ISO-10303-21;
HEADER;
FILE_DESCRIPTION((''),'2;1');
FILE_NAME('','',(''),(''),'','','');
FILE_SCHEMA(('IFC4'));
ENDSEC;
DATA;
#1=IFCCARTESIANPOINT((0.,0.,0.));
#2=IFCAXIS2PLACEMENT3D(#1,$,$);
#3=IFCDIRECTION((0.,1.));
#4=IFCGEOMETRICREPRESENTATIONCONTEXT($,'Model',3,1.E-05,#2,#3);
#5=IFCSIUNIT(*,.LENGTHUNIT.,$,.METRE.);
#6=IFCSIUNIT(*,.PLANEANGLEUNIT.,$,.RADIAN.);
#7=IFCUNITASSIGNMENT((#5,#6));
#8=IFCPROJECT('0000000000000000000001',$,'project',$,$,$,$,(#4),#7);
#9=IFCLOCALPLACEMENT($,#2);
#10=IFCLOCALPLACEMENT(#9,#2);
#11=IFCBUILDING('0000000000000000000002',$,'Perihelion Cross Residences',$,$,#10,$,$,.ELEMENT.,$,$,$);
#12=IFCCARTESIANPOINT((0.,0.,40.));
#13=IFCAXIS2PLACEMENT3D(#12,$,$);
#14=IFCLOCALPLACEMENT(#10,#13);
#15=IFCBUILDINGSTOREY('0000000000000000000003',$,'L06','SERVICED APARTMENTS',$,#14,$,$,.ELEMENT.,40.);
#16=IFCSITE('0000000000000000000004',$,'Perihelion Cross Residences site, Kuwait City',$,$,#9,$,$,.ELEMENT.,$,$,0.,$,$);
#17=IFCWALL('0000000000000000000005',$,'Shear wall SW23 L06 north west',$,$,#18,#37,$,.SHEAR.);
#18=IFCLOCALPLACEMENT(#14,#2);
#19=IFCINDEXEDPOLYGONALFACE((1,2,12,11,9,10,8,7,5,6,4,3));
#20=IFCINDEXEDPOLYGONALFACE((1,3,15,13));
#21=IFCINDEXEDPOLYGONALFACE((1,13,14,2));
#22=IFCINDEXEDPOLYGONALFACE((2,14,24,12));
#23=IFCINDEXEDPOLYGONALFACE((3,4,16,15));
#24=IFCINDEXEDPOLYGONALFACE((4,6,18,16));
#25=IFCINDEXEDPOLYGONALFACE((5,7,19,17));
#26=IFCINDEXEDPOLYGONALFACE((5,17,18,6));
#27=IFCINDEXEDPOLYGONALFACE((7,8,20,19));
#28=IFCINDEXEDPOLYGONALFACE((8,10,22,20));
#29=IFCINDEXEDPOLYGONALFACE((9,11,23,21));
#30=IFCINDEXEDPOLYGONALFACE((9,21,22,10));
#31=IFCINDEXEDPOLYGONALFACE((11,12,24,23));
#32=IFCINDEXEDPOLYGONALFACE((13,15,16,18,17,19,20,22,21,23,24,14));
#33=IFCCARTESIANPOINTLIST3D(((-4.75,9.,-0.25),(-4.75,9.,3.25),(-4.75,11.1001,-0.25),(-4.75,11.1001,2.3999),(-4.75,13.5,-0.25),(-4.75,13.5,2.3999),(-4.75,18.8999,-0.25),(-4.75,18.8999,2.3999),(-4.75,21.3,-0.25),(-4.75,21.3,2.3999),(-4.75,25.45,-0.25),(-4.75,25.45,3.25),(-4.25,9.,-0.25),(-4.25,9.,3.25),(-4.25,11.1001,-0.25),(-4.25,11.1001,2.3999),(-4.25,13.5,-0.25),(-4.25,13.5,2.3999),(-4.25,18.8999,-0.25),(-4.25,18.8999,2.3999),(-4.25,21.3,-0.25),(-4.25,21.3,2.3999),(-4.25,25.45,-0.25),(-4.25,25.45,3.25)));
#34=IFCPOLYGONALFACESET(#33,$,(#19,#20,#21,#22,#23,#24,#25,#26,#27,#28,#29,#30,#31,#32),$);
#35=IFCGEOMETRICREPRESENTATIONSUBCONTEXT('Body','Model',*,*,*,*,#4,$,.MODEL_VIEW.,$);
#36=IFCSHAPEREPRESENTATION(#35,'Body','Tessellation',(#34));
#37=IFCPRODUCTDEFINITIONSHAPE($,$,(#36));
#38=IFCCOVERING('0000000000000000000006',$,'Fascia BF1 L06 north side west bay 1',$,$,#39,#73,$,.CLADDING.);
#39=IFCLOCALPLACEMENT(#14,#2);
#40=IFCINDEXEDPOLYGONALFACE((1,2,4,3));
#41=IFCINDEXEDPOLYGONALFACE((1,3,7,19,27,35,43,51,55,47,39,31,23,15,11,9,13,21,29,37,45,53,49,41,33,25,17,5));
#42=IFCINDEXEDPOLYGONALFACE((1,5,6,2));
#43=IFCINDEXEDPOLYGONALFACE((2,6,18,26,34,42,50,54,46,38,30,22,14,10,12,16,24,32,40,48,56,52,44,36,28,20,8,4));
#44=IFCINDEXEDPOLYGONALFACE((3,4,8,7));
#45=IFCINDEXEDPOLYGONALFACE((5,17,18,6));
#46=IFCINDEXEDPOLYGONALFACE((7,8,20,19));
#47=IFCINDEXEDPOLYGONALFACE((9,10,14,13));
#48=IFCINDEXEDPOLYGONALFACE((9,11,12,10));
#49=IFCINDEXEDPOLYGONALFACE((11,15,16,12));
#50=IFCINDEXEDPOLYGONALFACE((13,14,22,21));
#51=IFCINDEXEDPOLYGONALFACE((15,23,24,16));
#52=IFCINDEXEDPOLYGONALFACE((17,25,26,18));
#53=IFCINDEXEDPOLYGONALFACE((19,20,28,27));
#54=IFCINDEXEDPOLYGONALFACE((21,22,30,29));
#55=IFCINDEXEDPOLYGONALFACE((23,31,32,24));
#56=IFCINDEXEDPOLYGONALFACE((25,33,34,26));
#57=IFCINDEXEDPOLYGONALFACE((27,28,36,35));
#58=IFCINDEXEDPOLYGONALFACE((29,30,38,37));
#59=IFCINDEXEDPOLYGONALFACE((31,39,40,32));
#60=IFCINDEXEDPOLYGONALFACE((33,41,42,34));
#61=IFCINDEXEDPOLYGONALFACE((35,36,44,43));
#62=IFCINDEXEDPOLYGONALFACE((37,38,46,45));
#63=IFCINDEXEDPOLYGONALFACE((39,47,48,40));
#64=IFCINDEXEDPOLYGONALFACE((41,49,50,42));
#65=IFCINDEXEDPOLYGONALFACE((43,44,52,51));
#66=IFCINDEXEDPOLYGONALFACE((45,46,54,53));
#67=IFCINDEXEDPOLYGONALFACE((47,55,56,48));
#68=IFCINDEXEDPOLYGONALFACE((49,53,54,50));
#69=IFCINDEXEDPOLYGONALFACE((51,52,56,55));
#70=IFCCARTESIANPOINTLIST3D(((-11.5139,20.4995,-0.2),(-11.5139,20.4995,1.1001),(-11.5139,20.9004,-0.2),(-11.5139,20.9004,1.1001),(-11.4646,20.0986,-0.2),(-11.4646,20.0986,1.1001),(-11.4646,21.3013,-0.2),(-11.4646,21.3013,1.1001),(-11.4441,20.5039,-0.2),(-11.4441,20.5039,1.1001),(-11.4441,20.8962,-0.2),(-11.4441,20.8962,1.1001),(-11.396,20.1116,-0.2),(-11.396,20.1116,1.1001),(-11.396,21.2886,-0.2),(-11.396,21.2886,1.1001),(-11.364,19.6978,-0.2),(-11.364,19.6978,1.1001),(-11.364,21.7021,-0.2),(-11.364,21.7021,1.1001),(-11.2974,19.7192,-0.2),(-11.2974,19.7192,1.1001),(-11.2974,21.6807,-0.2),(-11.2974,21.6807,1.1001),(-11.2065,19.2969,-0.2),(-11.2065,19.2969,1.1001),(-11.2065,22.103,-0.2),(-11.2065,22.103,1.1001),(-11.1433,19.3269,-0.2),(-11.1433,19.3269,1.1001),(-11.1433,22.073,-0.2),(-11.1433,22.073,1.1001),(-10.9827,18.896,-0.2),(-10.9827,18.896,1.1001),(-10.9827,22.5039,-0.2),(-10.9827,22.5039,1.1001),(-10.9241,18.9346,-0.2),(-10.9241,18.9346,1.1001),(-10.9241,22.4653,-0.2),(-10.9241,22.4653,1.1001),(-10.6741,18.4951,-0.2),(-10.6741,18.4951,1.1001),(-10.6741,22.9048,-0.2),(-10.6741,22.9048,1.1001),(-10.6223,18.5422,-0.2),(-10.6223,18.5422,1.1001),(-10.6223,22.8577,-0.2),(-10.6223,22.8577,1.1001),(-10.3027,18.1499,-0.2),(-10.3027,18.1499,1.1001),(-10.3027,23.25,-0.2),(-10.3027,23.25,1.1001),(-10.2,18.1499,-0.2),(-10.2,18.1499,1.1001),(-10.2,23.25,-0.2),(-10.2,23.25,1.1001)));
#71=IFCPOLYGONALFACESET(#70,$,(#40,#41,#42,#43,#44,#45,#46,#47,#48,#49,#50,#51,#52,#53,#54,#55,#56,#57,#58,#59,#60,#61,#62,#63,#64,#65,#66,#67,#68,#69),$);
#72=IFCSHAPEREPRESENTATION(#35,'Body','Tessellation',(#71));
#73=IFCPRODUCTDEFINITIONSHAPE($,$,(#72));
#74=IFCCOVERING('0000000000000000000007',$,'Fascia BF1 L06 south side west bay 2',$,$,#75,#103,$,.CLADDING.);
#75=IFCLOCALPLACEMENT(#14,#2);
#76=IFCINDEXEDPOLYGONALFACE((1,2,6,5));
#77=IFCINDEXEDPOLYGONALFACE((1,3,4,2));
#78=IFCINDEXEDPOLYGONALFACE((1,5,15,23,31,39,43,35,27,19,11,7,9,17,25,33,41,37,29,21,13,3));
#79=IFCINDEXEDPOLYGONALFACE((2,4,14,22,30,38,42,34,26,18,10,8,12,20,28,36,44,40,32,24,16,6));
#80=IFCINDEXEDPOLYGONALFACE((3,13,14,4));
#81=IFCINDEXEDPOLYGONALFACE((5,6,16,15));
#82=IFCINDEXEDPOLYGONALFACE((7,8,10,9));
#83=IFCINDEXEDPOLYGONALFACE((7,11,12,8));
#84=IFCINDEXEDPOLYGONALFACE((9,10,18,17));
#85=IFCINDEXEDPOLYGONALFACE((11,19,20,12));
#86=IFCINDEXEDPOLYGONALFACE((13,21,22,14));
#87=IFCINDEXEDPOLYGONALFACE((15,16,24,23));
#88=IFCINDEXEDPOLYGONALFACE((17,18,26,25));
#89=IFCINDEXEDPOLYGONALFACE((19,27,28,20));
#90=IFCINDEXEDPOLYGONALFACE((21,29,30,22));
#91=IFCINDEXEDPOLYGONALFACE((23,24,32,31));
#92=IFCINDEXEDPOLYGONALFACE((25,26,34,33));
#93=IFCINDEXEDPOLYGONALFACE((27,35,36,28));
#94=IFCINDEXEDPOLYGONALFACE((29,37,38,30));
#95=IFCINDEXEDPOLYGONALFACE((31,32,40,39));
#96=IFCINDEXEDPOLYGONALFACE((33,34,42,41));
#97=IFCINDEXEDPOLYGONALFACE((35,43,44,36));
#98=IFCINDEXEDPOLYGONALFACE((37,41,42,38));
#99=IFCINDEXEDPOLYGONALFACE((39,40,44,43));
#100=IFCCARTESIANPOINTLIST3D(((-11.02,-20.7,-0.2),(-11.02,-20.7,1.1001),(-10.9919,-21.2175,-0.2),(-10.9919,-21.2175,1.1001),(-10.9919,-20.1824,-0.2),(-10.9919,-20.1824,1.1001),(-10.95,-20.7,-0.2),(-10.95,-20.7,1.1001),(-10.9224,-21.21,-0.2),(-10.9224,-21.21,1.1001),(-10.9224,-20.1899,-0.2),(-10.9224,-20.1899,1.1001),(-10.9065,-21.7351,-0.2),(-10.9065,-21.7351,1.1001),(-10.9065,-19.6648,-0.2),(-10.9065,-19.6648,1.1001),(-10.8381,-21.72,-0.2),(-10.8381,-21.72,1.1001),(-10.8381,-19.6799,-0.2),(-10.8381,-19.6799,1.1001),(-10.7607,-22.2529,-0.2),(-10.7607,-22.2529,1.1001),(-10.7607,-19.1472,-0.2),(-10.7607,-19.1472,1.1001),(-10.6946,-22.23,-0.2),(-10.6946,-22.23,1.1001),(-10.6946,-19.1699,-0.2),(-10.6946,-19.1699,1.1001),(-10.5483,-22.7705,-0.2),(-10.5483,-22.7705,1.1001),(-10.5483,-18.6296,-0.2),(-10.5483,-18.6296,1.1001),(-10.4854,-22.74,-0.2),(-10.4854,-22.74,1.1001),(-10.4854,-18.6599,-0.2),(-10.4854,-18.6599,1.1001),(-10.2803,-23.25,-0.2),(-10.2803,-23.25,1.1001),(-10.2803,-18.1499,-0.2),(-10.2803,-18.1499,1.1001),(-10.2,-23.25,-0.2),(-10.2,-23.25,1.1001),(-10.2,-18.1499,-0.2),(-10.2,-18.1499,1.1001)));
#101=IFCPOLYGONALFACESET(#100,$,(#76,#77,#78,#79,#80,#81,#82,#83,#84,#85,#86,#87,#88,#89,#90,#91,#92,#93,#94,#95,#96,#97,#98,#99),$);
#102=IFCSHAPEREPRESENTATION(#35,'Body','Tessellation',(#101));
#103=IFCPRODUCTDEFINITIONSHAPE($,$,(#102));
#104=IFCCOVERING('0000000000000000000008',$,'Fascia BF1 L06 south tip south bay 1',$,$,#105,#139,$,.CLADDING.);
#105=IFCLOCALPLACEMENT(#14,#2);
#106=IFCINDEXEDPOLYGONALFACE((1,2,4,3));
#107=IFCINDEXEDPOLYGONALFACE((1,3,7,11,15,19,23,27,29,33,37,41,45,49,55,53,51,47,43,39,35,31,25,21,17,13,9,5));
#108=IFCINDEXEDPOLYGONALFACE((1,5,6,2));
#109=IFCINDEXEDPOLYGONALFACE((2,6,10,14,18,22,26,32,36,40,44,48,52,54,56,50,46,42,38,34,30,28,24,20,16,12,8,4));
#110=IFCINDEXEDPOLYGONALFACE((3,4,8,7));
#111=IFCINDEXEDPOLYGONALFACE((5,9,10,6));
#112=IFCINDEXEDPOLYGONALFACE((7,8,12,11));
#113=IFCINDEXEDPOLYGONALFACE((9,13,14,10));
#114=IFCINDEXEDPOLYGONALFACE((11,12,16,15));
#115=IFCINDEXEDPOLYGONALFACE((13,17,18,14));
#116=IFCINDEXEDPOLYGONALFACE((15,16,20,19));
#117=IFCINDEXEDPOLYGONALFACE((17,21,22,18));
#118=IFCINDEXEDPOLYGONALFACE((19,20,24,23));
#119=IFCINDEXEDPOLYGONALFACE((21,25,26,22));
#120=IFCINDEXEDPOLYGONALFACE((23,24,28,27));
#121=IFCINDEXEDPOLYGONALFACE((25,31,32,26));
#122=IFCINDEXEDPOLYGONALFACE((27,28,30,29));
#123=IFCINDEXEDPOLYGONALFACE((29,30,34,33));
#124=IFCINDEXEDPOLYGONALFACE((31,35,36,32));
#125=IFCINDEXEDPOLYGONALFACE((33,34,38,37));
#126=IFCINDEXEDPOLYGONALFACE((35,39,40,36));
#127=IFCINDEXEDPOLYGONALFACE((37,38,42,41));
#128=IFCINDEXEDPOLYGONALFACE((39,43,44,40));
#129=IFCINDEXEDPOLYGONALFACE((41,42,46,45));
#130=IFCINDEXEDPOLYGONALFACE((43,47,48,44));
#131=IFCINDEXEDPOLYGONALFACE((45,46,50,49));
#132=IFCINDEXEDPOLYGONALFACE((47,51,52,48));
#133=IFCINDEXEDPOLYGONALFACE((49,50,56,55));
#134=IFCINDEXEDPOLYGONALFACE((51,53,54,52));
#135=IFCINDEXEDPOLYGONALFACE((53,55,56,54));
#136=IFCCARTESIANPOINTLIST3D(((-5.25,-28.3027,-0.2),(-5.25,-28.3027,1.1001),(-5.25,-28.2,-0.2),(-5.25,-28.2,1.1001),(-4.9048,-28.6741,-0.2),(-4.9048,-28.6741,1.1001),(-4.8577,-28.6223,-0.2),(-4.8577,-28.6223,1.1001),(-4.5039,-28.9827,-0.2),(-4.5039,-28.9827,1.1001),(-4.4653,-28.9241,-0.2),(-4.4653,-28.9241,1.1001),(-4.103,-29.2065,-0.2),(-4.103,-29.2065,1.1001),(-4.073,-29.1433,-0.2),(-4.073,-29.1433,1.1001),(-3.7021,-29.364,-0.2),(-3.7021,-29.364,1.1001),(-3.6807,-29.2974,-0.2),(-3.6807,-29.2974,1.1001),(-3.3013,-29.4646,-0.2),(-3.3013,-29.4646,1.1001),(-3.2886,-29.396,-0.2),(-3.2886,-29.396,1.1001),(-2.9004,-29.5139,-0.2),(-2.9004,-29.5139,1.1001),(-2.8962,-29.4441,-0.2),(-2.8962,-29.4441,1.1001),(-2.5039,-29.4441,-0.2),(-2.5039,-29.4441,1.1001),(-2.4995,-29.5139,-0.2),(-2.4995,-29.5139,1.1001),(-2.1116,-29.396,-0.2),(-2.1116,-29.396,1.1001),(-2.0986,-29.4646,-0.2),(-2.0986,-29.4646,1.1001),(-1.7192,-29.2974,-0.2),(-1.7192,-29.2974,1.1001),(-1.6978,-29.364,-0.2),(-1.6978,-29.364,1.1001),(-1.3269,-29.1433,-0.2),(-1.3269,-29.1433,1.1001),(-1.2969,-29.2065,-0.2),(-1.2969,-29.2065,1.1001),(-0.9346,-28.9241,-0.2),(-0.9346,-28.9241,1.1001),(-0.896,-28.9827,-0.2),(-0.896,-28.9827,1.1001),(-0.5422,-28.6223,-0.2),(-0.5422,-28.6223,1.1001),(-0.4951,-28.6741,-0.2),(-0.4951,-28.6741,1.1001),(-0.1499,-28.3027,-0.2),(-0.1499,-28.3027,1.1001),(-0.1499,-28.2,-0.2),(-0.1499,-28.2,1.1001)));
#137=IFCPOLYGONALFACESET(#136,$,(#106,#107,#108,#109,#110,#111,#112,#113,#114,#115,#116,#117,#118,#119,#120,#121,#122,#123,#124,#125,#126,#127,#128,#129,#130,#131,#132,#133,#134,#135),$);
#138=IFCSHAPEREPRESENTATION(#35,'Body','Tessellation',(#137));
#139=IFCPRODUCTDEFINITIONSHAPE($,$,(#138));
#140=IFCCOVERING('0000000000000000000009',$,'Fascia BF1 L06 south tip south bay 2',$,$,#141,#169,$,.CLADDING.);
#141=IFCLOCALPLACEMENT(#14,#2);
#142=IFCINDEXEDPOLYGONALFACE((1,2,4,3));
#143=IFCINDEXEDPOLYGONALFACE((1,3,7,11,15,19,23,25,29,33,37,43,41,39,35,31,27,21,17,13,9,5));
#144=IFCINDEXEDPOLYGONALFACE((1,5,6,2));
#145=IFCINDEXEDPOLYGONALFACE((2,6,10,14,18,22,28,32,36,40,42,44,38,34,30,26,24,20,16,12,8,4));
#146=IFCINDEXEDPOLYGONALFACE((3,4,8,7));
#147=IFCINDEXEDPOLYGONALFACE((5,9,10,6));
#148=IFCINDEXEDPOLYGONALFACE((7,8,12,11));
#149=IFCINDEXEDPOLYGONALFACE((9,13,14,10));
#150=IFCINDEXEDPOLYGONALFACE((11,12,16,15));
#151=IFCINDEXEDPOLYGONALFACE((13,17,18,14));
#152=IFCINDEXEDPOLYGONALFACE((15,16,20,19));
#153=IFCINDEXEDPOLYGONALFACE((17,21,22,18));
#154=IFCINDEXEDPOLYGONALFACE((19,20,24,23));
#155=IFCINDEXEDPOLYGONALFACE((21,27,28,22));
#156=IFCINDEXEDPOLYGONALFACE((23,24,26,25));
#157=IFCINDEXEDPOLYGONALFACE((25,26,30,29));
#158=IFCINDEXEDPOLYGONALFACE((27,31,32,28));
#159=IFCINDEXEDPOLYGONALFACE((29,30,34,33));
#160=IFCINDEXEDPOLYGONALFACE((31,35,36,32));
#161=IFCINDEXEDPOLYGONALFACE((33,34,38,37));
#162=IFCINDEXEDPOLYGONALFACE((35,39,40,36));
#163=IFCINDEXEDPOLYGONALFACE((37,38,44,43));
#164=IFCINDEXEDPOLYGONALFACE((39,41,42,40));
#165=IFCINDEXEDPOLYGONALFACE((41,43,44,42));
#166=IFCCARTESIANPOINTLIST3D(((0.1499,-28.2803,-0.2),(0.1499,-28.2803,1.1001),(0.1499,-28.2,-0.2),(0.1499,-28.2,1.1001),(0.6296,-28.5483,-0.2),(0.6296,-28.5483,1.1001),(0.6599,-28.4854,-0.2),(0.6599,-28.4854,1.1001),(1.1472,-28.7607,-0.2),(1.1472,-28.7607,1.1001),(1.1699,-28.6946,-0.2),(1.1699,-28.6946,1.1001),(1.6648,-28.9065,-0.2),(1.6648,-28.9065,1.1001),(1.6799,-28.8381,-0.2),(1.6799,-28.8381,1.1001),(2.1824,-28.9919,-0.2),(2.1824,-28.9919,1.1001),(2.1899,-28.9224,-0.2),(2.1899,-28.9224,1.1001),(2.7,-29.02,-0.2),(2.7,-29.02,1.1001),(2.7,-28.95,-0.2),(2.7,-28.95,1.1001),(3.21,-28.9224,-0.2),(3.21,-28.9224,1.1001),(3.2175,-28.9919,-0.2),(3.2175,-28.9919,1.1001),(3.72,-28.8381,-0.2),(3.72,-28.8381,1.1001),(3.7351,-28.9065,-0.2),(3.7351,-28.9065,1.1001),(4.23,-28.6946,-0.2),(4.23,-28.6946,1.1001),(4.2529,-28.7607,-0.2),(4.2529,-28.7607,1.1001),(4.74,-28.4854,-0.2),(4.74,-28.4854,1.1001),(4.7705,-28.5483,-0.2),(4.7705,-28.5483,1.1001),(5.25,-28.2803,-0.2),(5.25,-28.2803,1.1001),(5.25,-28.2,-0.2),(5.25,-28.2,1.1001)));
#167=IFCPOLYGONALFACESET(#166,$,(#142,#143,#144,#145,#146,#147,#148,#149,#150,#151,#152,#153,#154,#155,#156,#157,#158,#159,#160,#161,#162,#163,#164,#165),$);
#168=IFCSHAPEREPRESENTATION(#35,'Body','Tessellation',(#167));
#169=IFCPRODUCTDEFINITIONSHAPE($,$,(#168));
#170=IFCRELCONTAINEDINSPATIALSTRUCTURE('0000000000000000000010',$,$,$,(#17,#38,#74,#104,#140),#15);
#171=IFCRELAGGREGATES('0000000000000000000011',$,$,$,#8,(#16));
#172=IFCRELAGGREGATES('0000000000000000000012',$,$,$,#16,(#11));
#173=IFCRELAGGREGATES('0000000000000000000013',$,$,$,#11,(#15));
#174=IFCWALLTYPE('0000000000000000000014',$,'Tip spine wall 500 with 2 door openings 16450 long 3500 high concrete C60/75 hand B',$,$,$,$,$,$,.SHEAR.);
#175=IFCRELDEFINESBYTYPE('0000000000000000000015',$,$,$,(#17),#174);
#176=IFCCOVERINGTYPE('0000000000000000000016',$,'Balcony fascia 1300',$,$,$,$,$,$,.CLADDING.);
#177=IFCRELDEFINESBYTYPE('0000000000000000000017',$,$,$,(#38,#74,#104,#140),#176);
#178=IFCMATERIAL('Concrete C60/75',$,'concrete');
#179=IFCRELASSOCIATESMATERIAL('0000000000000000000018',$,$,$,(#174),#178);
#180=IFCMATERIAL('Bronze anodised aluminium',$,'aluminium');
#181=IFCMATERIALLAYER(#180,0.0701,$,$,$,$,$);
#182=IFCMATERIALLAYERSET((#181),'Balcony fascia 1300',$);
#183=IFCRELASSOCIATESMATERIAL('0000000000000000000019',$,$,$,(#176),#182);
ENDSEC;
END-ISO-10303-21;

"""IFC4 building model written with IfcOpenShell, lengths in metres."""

from ifc_helpers import new_model, si_unit, direction, frame, origin, place, context, subcontext, project, spatial, polyline, outline, extrude, material, layer, layer_set, material_profile, profile_set, type_object, element, save


model = new_model("IFC4")

# Units and contexts
model_context = context("Model", 3, precision=1e-05, world=origin(), true_north=direction((0.0, 1.0)))
body_context = subcontext(model_context, "Body", "Model", "MODEL_VIEW")
ifc_project = project(units=[si_unit("LENGTHUNIT", "METRE"), si_unit("PLANEANGLEUNIT", "RADIAN")], contexts=[model_context])

# Site, building, storey
site_placement = place(None, origin())
site = spatial("IfcSite", under=ifc_project, at=site_placement, Name="Perihelion Cross Residences site, Kuwait City", CompositionType="ELEMENT", RefElevation=0.0)
building_placement = place(site_placement, origin())
building = spatial("IfcBuilding", under=site, at=building_placement, Name="Perihelion Cross Residences", CompositionType="ELEMENT")
storey_placement = place(building_placement, frame((0.0, 0.0, 40.0)))
storey = spatial("IfcBuildingStorey", under=building, at=storey_placement, Name="L06", Description="SERVICED APARTMENTS", CompositionType="ELEMENT", Elevation=40.0)

# Wall
ifc_material_1 = material(Name="Concrete C60/75", Category="concrete")
ifc_material_profile_1 = material_profile(ifc_material_1, outline(polyline([(0.0, 0.0), (2.1001, 0.0), (2.1001, 2.6499), (4.5, 2.6499), (4.5, 0.0), (9.8999, 0.0), (9.8999, 2.6499), (12.3, 2.6499), (12.3, 0.0), (16.45, 0.0), (16.45, 3.5), (0.0, 3.5), (0.0, 0.0)])), Name="Tip spine wall")
ifc_profile_set_1 = profile_set([ifc_material_profile_1], Name="Concrete C60/75")
wall_type_1 = type_object("IfcWallType", Name="Tip spine wall 500 with 2 door openings 16450 long 3500 high concrete C60/75 hand B", PredefinedType="SHEAR", material=ifc_profile_set_1)
wall_1_placement = place(storey_placement, frame((-4.75, 9.0, -0.25), z_axis=(1.0, 0.0, 0.0), x_axis=(0.0, 1.0, 0.0)))
element("IfcWall", 1, at=wall_1_placement, inside=storey, type_object=wall_type_1, Name="Shear wall SW23 L06 north west", PredefinedType="SHEAR", context=body_context, shape_type="SweptSolid", body=[
    extrude(outline(polyline([(0.0, 0.0), (2.1001, 0.0), (2.1001, 2.6499), (4.5, 2.6499), (4.5, 0.0), (9.8999, 0.0), (9.8999, 2.6499), (12.3, 2.6499), (12.3, 0.0), (16.45, 0.0), (16.45, 3.5), (0.0, 3.5), (0.0, 0.0)])), origin(), (0.0, 0.0, 1.0), 0.5),
])

# Coverings
ifc_material_2 = material(Name="Bronze anodised aluminium", Category="aluminium")
ifc_layer_1 = layer(ifc_material_2, 0.0701)
ifc_layer_set_1 = layer_set([ifc_layer_1], Name="Balcony fascia 1300")
covering_type_1 = type_object("IfcCoveringType", Name="Balcony fascia 1300", PredefinedType="CLADDING", material=ifc_layer_set_1)
covering_1_placement = place(storey_placement, frame((0.0, 0.0, -0.2)))
element("IfcCovering", 2, at=covering_1_placement, inside=storey, type_object=covering_type_1, Name="Fascia BF1 L06 north side west bay 1", PredefinedType="CLADDING", context=body_context, shape_type="SweptSolid", body=[
    extrude(outline(polyline([(-10.6741, 22.9048), (-10.9827, 22.5039), (-11.2065, 22.103), (-11.364, 21.7021), (-11.4646, 21.3013), (-11.5139, 20.9004), (-11.5139, 20.4995), (-11.4646, 20.0986), (-11.364, 19.6978), (-11.2065, 19.2969), (-10.9827, 18.896), (-10.6741, 18.4951), (-10.3027, 18.1499), (-10.2, 18.1499), (-10.6223, 18.5422), (-10.9241, 18.9346), (-11.1433, 19.3269), (-11.2974, 19.7192), (-11.396, 20.1116), (-11.4441, 20.5039), (-11.4441, 20.8962), (-11.396, 21.2886), (-11.2974, 21.6807), (-11.1433, 22.073), (-10.9241, 22.4653), (-10.6223, 22.8577), (-10.2, 23.25), (-10.3027, 23.25), (-10.6741, 22.9048)])), origin(), (0.0, 0.0, 1.0), 1.3),
])
covering_2_placement = place(storey_placement, frame((0.0, 0.0, -0.2)))
element("IfcCovering", 3, at=covering_2_placement, inside=storey, type_object=covering_type_1, Name="Fascia BF1 L06 south side west bay 2", PredefinedType="CLADDING", context=body_context, shape_type="SweptSolid", body=[
    extrude(outline(polyline([(-10.5483, -18.6296), (-10.7607, -19.1472), (-10.9065, -19.6648), (-10.9919, -20.1824), (-11.02, -20.7), (-10.9919, -21.2175), (-10.9065, -21.7351), (-10.7607, -22.2529), (-10.5483, -22.7705), (-10.2803, -23.25), (-10.2, -23.25), (-10.4854, -22.74), (-10.6946, -22.23), (-10.8381, -21.72), (-10.9224, -21.21), (-10.95, -20.7), (-10.9224, -20.1899), (-10.8381, -19.6799), (-10.6946, -19.1699), (-10.4854, -18.6599), (-10.2, -18.1499), (-10.2803, -18.1499), (-10.5483, -18.6296)])), origin(), (0.0, 0.0, 1.0), 1.3),
])
covering_3_placement = place(storey_placement, frame((0.0, 0.0, -0.2)))
element("IfcCovering", 4, at=covering_3_placement, inside=storey, type_object=covering_type_1, Name="Fascia BF1 L06 south tip south bay 1", PredefinedType="CLADDING", context=body_context, shape_type="SweptSolid", body=[
    extrude(outline(polyline([(-4.9048, -28.6741), (-4.5039, -28.9827), (-4.103, -29.2065), (-3.7021, -29.364), (-3.3013, -29.4646), (-2.9004, -29.5139), (-2.4995, -29.5139), (-2.0986, -29.4646), (-1.6978, -29.364), (-1.2969, -29.2065), (-0.896, -28.9827), (-0.4951, -28.6741), (-0.1499, -28.3027), (-0.1499, -28.2), (-0.5422, -28.6223), (-0.9346, -28.9241), (-1.3269, -29.1433), (-1.7192, -29.2974), (-2.1116, -29.396), (-2.5039, -29.4441), (-2.8962, -29.4441), (-3.2886, -29.396), (-3.6807, -29.2974), (-4.073, -29.1433), (-4.4653, -28.9241), (-4.8577, -28.6223), (-5.25, -28.2), (-5.25, -28.3027), (-4.9048, -28.6741)])), origin(), (0.0, 0.0, 1.0), 1.3),
])
covering_4_placement = place(storey_placement, frame((0.0, 0.0, -0.2)))
element("IfcCovering", 5, at=covering_4_placement, inside=storey, type_object=covering_type_1, Name="Fascia BF1 L06 south tip south bay 2", PredefinedType="CLADDING", context=body_context, shape_type="SweptSolid", body=[
    extrude(outline(polyline([(0.6296, -28.5483), (1.1472, -28.7607), (1.6648, -28.9065), (2.1824, -28.9919), (2.7, -29.02), (3.2175, -28.9919), (3.7351, -28.9065), (4.2529, -28.7607), (4.7705, -28.5483), (5.25, -28.2803), (5.25, -28.2), (4.74, -28.4854), (4.23, -28.6946), (3.72, -28.8381), (3.21, -28.9224), (2.7, -28.95), (2.1899, -28.9224), (1.6799, -28.8381), (1.1699, -28.6946), (0.6599, -28.4854), (0.1499, -28.2), (0.1499, -28.2803), (0.6296, -28.5483)])), origin(), (0.0, 0.0, 1.0), 1.3),
])

save(model, "model.ifc")
